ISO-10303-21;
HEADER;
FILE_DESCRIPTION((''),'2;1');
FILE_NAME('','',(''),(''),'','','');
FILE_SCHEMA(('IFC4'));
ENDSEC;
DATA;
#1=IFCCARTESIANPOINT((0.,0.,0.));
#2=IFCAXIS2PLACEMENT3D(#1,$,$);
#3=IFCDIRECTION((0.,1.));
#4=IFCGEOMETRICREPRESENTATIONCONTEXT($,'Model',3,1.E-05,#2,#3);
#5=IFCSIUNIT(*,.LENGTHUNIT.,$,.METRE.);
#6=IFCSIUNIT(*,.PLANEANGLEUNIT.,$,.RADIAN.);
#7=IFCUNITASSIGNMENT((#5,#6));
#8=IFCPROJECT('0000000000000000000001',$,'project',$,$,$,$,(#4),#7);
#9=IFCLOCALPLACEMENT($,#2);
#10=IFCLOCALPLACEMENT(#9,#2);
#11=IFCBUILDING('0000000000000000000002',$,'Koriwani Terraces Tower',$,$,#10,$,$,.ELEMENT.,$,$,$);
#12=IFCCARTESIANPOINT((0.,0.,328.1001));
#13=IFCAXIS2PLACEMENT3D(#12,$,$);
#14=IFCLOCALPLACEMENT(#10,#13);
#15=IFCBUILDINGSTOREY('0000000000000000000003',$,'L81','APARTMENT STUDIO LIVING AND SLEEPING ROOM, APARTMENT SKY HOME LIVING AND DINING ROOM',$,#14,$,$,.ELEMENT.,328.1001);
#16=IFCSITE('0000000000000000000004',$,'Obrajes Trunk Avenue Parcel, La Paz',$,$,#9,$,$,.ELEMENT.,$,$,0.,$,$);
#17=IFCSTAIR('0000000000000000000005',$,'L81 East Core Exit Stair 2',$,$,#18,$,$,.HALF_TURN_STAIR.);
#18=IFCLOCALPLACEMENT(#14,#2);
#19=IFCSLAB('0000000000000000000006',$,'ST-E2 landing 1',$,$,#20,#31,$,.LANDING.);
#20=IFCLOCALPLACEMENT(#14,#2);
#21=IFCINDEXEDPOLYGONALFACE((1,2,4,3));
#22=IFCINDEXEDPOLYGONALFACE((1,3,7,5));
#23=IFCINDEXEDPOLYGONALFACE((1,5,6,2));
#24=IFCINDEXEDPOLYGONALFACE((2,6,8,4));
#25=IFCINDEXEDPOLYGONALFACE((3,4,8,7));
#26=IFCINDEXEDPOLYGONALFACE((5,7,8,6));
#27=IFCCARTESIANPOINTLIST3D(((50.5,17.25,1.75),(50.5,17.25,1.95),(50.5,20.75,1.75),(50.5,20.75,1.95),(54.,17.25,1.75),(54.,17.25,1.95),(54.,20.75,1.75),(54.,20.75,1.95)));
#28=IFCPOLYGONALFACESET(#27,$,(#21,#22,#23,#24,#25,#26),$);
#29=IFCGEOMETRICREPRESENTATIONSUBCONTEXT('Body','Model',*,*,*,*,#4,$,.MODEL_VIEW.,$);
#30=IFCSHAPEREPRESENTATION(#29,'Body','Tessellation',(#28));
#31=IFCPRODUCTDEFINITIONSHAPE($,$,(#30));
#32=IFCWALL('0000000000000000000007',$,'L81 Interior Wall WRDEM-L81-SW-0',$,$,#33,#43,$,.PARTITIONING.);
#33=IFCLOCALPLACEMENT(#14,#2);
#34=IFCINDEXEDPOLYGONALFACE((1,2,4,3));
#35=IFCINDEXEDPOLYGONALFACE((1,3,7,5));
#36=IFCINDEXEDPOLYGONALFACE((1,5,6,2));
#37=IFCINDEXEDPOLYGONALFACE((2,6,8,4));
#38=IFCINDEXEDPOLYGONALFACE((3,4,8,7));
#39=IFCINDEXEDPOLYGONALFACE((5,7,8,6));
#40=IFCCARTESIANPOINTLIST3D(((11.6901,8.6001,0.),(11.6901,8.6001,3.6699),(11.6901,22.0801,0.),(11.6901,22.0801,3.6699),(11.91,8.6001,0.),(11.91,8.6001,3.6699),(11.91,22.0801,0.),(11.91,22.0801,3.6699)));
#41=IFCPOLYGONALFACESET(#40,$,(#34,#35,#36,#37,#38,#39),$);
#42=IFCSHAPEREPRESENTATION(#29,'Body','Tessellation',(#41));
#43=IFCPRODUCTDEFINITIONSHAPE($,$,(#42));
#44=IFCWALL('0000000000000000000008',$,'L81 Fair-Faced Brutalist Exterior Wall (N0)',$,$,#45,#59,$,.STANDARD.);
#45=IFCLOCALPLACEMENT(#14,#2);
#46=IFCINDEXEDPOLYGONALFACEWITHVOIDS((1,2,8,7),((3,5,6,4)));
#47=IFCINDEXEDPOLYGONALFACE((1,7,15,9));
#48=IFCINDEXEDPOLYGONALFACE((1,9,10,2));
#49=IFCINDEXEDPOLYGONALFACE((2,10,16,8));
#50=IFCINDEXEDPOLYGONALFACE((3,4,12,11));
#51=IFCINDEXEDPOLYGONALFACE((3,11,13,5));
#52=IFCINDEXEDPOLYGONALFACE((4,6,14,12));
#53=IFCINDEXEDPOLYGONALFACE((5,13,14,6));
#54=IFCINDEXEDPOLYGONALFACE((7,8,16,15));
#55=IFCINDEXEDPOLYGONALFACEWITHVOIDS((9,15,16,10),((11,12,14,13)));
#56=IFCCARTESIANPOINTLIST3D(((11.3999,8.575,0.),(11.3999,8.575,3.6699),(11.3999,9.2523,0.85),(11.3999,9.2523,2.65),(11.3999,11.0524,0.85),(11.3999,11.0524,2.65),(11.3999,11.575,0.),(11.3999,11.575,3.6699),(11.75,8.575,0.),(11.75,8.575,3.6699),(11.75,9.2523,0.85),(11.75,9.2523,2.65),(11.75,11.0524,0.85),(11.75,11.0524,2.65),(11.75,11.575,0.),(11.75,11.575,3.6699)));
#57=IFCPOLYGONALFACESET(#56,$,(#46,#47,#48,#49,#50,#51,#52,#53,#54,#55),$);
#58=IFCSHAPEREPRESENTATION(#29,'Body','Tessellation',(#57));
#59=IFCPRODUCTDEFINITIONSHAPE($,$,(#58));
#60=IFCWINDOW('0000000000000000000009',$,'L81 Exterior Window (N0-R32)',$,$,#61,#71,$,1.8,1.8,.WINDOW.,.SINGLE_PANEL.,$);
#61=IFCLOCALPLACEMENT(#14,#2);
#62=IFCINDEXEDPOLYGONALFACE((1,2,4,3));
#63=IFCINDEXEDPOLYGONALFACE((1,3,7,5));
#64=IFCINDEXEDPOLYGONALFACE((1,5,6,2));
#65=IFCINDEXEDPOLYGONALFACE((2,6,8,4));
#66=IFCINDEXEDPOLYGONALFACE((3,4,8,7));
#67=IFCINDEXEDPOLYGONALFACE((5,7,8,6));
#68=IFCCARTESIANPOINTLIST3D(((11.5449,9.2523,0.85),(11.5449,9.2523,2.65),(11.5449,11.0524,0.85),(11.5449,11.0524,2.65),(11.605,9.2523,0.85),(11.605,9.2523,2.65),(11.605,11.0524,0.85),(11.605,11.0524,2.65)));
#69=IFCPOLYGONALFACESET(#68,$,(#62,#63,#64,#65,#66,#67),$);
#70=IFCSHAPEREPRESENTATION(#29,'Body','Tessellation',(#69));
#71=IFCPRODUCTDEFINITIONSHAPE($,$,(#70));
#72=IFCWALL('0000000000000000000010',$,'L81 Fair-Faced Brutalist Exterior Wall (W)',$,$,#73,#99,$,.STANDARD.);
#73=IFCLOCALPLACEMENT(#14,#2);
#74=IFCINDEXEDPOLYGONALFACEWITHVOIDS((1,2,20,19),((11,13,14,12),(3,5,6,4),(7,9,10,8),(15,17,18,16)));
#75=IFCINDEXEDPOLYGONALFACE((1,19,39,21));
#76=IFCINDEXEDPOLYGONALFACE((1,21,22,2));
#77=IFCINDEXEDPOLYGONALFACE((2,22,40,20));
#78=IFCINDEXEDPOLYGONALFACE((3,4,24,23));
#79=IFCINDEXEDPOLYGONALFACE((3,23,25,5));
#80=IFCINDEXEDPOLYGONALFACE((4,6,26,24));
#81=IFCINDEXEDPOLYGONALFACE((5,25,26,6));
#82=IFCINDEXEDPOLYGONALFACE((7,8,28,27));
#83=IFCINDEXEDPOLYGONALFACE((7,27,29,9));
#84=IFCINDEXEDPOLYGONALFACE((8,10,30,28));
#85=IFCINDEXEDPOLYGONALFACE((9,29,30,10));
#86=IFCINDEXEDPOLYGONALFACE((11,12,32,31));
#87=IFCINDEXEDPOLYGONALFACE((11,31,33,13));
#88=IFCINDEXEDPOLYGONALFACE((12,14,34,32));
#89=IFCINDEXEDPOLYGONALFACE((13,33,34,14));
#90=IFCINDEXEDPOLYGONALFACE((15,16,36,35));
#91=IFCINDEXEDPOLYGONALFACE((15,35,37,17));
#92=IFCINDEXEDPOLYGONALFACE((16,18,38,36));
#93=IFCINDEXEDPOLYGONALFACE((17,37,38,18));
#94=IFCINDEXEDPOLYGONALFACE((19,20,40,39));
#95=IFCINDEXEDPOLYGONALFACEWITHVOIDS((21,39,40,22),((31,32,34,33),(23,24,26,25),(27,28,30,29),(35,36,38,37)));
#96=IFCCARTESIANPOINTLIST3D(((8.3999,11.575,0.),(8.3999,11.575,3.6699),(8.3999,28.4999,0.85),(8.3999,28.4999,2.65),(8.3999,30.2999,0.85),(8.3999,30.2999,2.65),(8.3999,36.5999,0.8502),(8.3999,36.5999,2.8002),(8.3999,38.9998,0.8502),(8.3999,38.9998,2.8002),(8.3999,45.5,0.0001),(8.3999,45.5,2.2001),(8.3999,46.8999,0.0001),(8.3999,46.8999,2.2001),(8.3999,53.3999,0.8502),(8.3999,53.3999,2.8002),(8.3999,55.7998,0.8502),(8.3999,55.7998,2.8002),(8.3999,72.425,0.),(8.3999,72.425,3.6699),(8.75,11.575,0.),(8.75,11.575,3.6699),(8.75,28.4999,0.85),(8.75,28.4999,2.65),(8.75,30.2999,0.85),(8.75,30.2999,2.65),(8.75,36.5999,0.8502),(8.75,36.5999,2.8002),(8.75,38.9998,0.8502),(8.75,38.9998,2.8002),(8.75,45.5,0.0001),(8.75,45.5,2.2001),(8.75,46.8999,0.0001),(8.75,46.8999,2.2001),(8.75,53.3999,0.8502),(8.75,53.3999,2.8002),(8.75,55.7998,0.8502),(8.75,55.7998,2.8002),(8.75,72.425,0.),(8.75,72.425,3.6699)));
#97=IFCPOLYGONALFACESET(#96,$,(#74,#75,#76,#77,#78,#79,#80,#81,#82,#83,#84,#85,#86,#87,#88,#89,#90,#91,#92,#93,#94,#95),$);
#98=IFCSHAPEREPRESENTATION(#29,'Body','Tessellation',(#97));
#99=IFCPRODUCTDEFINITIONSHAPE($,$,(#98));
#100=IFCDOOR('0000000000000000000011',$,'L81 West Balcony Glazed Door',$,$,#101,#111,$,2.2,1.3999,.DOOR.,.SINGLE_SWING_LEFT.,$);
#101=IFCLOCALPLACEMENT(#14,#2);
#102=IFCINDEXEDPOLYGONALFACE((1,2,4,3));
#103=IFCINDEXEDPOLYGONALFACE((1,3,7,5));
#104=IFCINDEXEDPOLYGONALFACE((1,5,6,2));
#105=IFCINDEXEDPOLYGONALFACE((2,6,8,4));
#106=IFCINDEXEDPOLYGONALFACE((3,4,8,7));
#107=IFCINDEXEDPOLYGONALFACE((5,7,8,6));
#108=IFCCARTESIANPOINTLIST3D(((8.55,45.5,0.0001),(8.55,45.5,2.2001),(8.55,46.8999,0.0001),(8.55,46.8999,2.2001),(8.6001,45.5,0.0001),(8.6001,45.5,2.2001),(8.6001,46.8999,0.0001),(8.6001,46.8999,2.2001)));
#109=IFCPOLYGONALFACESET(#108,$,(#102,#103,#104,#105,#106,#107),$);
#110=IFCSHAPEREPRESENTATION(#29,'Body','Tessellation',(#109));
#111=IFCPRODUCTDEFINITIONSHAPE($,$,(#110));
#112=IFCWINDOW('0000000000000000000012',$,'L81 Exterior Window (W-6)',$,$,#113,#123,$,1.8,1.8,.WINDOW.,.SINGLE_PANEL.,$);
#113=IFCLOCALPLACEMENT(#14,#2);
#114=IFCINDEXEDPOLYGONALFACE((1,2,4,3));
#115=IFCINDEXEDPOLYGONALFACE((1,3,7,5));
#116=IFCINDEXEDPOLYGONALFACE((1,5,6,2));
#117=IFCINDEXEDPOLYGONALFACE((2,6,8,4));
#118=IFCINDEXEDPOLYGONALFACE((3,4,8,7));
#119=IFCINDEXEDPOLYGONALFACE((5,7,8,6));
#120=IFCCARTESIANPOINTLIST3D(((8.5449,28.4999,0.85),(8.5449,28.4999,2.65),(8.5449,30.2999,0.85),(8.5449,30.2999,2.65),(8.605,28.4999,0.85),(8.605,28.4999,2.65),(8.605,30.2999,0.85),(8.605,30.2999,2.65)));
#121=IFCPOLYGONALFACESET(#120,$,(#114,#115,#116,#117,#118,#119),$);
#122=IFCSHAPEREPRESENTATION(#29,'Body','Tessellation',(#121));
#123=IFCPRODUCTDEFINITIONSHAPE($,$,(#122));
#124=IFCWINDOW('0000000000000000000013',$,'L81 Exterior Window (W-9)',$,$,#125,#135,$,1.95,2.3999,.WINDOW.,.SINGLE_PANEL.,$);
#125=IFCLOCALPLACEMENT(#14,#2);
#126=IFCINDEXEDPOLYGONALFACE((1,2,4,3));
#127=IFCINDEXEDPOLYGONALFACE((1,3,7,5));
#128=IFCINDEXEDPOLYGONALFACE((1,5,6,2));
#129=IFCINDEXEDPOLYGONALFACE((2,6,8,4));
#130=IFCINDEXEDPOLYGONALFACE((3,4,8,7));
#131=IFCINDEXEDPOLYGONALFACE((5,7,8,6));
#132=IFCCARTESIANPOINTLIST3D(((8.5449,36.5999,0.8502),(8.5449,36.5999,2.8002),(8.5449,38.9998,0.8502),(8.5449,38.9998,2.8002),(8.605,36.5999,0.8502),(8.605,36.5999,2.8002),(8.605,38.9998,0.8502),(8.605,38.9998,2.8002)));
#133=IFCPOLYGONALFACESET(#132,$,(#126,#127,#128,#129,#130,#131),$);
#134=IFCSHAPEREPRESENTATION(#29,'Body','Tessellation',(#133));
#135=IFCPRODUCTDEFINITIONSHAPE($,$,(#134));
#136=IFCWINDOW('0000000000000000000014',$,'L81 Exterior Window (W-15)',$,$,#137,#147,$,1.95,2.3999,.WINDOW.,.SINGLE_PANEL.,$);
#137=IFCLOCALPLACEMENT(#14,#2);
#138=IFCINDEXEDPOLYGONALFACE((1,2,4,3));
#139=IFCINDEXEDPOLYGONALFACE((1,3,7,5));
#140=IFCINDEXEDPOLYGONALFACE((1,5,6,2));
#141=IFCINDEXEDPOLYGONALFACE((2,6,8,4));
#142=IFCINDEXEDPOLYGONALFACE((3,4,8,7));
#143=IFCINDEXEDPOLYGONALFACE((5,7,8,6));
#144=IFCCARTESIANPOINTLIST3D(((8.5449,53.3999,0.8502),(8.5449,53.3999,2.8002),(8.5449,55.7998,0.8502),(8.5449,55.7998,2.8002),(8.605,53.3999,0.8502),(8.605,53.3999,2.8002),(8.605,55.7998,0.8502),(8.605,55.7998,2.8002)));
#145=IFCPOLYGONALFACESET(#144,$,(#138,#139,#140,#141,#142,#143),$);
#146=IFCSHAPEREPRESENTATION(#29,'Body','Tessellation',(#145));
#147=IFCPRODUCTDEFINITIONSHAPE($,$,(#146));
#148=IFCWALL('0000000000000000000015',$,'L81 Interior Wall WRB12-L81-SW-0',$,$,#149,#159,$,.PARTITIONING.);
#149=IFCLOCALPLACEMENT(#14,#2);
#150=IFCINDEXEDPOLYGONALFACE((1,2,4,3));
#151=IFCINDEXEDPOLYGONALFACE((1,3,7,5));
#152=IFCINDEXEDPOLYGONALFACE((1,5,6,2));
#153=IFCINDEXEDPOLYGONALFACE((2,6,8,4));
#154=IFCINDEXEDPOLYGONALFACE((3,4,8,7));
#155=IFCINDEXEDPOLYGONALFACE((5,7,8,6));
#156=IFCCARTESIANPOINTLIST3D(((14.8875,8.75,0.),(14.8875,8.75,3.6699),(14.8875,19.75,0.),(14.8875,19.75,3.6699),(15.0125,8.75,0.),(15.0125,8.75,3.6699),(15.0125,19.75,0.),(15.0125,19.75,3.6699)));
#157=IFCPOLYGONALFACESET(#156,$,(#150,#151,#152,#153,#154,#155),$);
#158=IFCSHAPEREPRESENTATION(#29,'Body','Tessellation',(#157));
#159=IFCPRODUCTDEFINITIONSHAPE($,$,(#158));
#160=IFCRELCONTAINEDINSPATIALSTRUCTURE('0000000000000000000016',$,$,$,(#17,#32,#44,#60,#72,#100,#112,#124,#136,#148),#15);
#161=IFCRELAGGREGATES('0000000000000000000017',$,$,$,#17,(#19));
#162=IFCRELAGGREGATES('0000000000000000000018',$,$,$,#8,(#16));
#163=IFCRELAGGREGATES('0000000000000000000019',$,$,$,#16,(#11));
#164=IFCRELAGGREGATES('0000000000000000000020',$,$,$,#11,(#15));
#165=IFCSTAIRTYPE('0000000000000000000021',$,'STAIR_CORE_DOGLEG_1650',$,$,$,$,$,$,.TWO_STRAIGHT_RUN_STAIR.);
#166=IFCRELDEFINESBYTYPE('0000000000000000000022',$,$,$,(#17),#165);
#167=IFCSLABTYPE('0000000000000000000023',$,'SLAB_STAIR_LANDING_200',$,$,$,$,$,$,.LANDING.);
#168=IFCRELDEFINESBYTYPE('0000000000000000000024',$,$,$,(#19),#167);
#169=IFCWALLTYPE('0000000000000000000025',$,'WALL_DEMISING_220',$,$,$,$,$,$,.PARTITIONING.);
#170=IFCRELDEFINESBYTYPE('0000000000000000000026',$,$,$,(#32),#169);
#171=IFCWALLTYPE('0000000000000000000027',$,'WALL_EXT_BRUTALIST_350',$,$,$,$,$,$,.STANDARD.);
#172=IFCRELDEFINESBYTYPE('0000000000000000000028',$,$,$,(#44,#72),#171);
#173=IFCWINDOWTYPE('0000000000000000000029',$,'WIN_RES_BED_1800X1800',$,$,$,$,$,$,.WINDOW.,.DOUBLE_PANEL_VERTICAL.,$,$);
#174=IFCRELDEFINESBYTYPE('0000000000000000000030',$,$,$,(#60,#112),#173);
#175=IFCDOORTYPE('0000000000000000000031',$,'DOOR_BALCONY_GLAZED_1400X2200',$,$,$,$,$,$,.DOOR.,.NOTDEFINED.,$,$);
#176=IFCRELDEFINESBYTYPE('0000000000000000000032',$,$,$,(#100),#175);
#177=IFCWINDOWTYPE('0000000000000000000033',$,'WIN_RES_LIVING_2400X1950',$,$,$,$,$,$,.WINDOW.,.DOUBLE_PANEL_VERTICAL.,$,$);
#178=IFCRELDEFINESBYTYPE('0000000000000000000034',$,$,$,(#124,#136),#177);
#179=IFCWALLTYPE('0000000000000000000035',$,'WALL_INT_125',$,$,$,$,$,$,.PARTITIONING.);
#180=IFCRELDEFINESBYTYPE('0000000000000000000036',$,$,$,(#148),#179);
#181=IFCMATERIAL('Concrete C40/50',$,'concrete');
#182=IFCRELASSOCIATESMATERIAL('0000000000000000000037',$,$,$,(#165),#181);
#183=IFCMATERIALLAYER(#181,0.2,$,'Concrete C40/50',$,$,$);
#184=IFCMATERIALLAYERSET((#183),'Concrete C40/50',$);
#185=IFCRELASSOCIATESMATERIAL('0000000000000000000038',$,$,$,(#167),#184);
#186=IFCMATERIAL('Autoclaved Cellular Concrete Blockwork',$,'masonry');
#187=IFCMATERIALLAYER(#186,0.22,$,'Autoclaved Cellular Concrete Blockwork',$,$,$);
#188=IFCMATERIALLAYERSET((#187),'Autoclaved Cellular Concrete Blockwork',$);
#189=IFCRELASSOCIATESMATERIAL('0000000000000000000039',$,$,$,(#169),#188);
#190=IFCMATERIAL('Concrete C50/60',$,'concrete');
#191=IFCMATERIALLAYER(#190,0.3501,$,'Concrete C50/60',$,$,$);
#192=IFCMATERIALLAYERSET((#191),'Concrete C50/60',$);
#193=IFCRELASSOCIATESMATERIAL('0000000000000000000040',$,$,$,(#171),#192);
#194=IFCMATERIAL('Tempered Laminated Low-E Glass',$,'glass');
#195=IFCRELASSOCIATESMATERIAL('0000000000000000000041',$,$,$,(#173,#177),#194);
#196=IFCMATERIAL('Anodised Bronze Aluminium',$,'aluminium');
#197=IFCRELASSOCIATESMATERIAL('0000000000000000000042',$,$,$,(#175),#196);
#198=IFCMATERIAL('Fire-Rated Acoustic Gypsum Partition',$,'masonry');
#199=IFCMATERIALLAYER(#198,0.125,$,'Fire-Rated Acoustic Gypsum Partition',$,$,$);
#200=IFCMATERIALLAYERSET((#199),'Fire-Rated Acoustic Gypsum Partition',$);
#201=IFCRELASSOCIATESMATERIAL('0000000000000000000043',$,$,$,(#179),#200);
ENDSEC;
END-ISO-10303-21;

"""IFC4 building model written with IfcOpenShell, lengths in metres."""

from ifc_helpers import new_model, si_unit, direction, frame, frame_2d, origin, place, context, subcontext, project, spatial, polyline, rectangle, outline, extrude, material, layer, layer_set, type_object, element, fill, aggregate, save


model = new_model("IFC4")

# Units and contexts
model_context = context("Model", 3, precision=1e-05, world=origin(), true_north=direction((0.0, 1.0)))
body_context = subcontext(model_context, "Body", "Model", "MODEL_VIEW")
ifc_project = project(units=[si_unit("LENGTHUNIT", "METRE"), si_unit("PLANEANGLEUNIT", "RADIAN")], contexts=[model_context])

# Site, building, storey
site_placement = place(None, origin())
site = spatial("IfcSite", under=ifc_project, at=site_placement, Name="Obrajes Trunk Avenue Parcel, La Paz", CompositionType="ELEMENT", RefElevation=0.0)
building_placement = place(site_placement, origin())
building = spatial("IfcBuilding", under=site, at=building_placement, Name="Koriwani Terraces Tower", CompositionType="ELEMENT")
storey_placement = place(building_placement, frame((0.0, 0.0, 328.1001)))
storey = spatial("IfcBuildingStorey", under=building, at=storey_placement, Name="L81", Description="APARTMENT STUDIO LIVING AND SLEEPING ROOM, APARTMENT SKY HOME LIVING AND DINING ROOM", CompositionType="ELEMENT", Elevation=328.1001)

# Shared definitions
ifc_material_1 = material(Name="Concrete C50/60", Category="concrete")

# Shared definitions
ifc_material_2 = material(Name="Concrete C40/50", Category="concrete")

# Stair, slab
stair_type = type_object("IfcStairType", Name="STAIR_CORE_DOGLEG_1650", PredefinedType="TWO_STRAIGHT_RUN_STAIR", material=ifc_material_2)
ifc_layer_1 = layer(ifc_material_2, 0.2, Name="Concrete C40/50")
ifc_layer_set_1 = layer_set([ifc_layer_1], Name="Concrete C40/50")
slab_type_1 = type_object("IfcSlabType", Name="SLAB_STAIR_LANDING_200", PredefinedType="LANDING", material=ifc_layer_set_1)
stair_1_placement = place(storey_placement, origin())
stair_1 = element("IfcStair", 1, at=stair_1_placement, inside=storey, type_object=stair_type, Name="L81 East Core Exit Stair 2", PredefinedType="HALF_TURN_STAIR")
slab_1_placement = place(storey_placement, frame((0.0, 0.0, 1.75)))
slab_1 = element("IfcSlab", 2, at=slab_1_placement, type_object=slab_type_1, Name="ST-E2 landing 1", PredefinedType="LANDING", context=body_context, shape_type="SweptSolid", body=[
    extrude(outline(polyline([(54.0, 20.75), (50.5, 20.75), (50.5, 17.25), (54.0, 17.25), (54.0, 20.75)])), origin(), (0.0, 0.0, 1.0), 0.2),
])
aggregate(stair_1, [slab_1])

# Wall
ifc_material_3 = material(Name="Autoclaved Cellular Concrete Blockwork", Category="masonry")
ifc_layer_2 = layer(ifc_material_3, 0.22, Name="Autoclaved Cellular Concrete Blockwork")
ifc_layer_set_2 = layer_set([ifc_layer_2], Name="Autoclaved Cellular Concrete Blockwork")
wall_type_1 = type_object("IfcWallType", Name="WALL_DEMISING_220", PredefinedType="PARTITIONING", material=ifc_layer_set_2)
wall_1_placement = place(storey_placement, frame((11.8, 8.6001, 0.0), z_axis=(0.0, 0.0, 1.0), x_axis=(0.0, 1.0, 0.0)))
element("IfcWall", 3, at=wall_1_placement, inside=storey, type_object=wall_type_1, Name="L81 Interior Wall WRDEM-L81-SW-0", PredefinedType="PARTITIONING", context=body_context, shape_type="SweptSolid", body=[
    extrude(rectangle(XDim=13.48, YDim=0.22, at=frame_2d((6.74, 0.0))), origin(), (0.0, 0.0, 1.0), 3.6699),
])

# Wall, opening, window
ifc_layer_3 = layer(ifc_material_1, 0.3501, Name="Concrete C50/60")
ifc_layer_set_3 = layer_set([ifc_layer_3], Name="Concrete C50/60")
wall_type_2 = type_object("IfcWallType", Name="WALL_EXT_BRUTALIST_350", PredefinedType="STANDARD", material=ifc_layer_set_3)
wall_2_placement = place(storey_placement, frame((11.575, 8.575, 0.0), z_axis=(0.0, 0.0, 1.0), x_axis=(0.0, 1.0, 0.0)))
wall_2 = element("IfcWall", 4, at=wall_2_placement, inside=storey, type_object=wall_type_2, Name="L81 Fair-Faced Brutalist Exterior Wall (N0)", PredefinedType="STANDARD", context=body_context, shape_type="SweptSolid", body=[
    extrude(rectangle(XDim=3.0, YDim=0.3501, at=frame_2d((1.5, 0.0))), origin(), (0.0, 0.0, 1.0), 3.6699),
])
opening_1_placement = place(wall_2_placement, frame((0.6775, 0.0, 0.8501)))
opening_1 = element("IfcOpeningElement", 5, at=opening_1_placement, cuts=wall_2, PredefinedType="OPENING", context=body_context, shape_type="SweptSolid", body=[
    extrude(rectangle(XDim=1.8, YDim=1.8, at=frame_2d((0.8999, 0.8999))), frame((0.0, 0.1851, 0.0), z_axis=(0.0, -1.0, 0.0), x_axis=(1.0, 0.0, 0.0)), (0.0, 0.0, 1.0), 0.3701),
])
ifc_material_4 = material(Name="Tempered Laminated Low-E Glass", Category="glass")
window_type_1 = type_object("IfcWindowType", Name="WIN_RES_BED_1800X1800", PartitioningType="DOUBLE_PANEL_VERTICAL", PredefinedType="WINDOW", material=ifc_material_4)
window_1_placement = place(opening_1_placement, origin())
window_1 = element("IfcWindow", 6, at=window_1_placement, inside=storey, type_object=window_type_1, Name="L81 Exterior Window (N0-R32)", OverallHeight=1.8, OverallWidth=1.8, PartitioningType="SINGLE_PANEL", PredefinedType="WINDOW", context=body_context, shape_type="SweptSolid", body=[
    extrude(rectangle(XDim=1.8, YDim=1.8, at=frame_2d((0.8999, 0.8999))), frame((0.0, 0.03, 0.0), z_axis=(0.0, -1.0, 0.0), x_axis=(1.0, 0.0, 0.0)), (0.0, 0.0, 1.0), 0.0601),
])
fill(opening_1, window_1)

# Wall, openings, door, windows
wall_3_placement = place(storey_placement, frame((8.575, 11.575, 0.0), z_axis=(0.0, 0.0, 1.0), x_axis=(0.0, 1.0, 0.0)))
wall_3 = element("IfcWall", 7, at=wall_3_placement, inside=storey, type_object=wall_type_2, Name="L81 Fair-Faced Brutalist Exterior Wall (W)", PredefinedType="STANDARD", context=body_context, shape_type="SweptSolid", body=[
    extrude(rectangle(XDim=60.8501, YDim=0.3501, at=frame_2d((30.425, 0.0))), origin(), (0.0, 0.0, 1.0), 3.6699),
])
opening_2_placement = place(wall_3_placement, frame((33.925, 0.0, 0.0)))
opening_2 = element("IfcOpeningElement", 8, at=opening_2_placement, cuts=wall_3, PredefinedType="OPENING", context=body_context, shape_type="SweptSolid", body=[
    extrude(rectangle(XDim=1.3999, YDim=2.2, at=frame_2d((0.7, 1.1001))), frame((0.0, 0.1851, 0.0), z_axis=(0.0, -1.0, 0.0), x_axis=(1.0, 0.0, 0.0)), (0.0, 0.0, 1.0), 0.3701),
])
opening_3_placement = place(wall_3_placement, frame((16.925, 0.0, 0.8501)))
opening_3 = element("IfcOpeningElement", 9, at=opening_3_placement, cuts=wall_3, PredefinedType="OPENING", context=body_context, shape_type="SweptSolid", body=[
    extrude(rectangle(XDim=1.8, YDim=1.8, at=frame_2d((0.8999, 0.8999))), frame((0.0, 0.1851, 0.0), z_axis=(0.0, -1.0, 0.0), x_axis=(1.0, 0.0, 0.0)), (0.0, 0.0, 1.0), 0.3701),
])
opening_4_placement = place(wall_3_placement, frame((25.0249, 0.0, 0.8501)))
opening_4 = element("IfcOpeningElement", 10, at=opening_4_placement, cuts=wall_3, PredefinedType="OPENING", context=body_context, shape_type="SweptSolid", body=[
    extrude(rectangle(XDim=2.3999, YDim=1.95, at=frame_2d((1.2, 0.9751))), frame((0.0, 0.1851, 0.0), z_axis=(0.0, -1.0, 0.0), x_axis=(1.0, 0.0, 0.0)), (0.0, 0.0, 1.0), 0.3701),
])
opening_5_placement = place(wall_3_placement, frame((41.825, 0.0, 0.8501)))
opening_5 = element("IfcOpeningElement", 11, at=opening_5_placement, cuts=wall_3, PredefinedType="OPENING", context=body_context, shape_type="SweptSolid", body=[
    extrude(rectangle(XDim=2.3999, YDim=1.95, at=frame_2d((1.2, 0.9751))), frame((0.0, 0.1851, 0.0), z_axis=(0.0, -1.0, 0.0), x_axis=(1.0, 0.0, 0.0)), (0.0, 0.0, 1.0), 0.3701),
])
ifc_material_5 = material(Name="Anodised Bronze Aluminium", Category="aluminium")
door_type = type_object("IfcDoorType", Name="DOOR_BALCONY_GLAZED_1400X2200", OperationType="NOTDEFINED", PredefinedType="DOOR", material=ifc_material_5)
door_placement = place(opening_2_placement, origin())
door = element("IfcDoor", 12, at=door_placement, inside=storey, type_object=door_type, Name="L81 West Balcony Glazed Door", OperationType="SINGLE_SWING_LEFT", OverallHeight=2.2, OverallWidth=1.3999, PredefinedType="DOOR", context=body_context, shape_type="SweptSolid", body=[
    extrude(rectangle(XDim=1.3999, YDim=2.2, at=frame_2d((0.7, 1.1001))), frame((0.0, 0.0249, 0.0), z_axis=(0.0, -1.0, 0.0), x_axis=(1.0, 0.0, 0.0)), (0.0, 0.0, 1.0), 0.05),
])
fill(opening_2, door)
window_2_placement = place(opening_3_placement, origin())
window_2 = element("IfcWindow", 13, at=window_2_placement, inside=storey, type_object=window_type_1, Name="L81 Exterior Window (W-6)", OverallHeight=1.8, OverallWidth=1.8, PartitioningType="SINGLE_PANEL", PredefinedType="WINDOW", context=body_context, shape_type="SweptSolid", body=[
    extrude(rectangle(XDim=1.8, YDim=1.8, at=frame_2d((0.8999, 0.8999))), frame((0.0, 0.03, 0.0), z_axis=(0.0, -1.0, 0.0), x_axis=(1.0, 0.0, 0.0)), (0.0, 0.0, 1.0), 0.0601),
])
fill(opening_3, window_2)
window_type_2 = type_object("IfcWindowType", Name="WIN_RES_LIVING_2400X1950", PartitioningType="DOUBLE_PANEL_VERTICAL", PredefinedType="WINDOW", material=ifc_material_4)
window_3_placement = place(opening_4_placement, origin())
window_3 = element("IfcWindow", 14, at=window_3_placement, inside=storey, type_object=window_type_2, Name="L81 Exterior Window (W-9)", OverallHeight=1.95, OverallWidth=2.3999, PartitioningType="SINGLE_PANEL", PredefinedType="WINDOW", context=body_context, shape_type="SweptSolid", body=[
    extrude(rectangle(XDim=2.3999, YDim=1.95, at=frame_2d((1.2, 0.9751))), frame((0.0, 0.03, 0.0), z_axis=(0.0, -1.0, 0.0), x_axis=(1.0, 0.0, 0.0)), (0.0, 0.0, 1.0), 0.0601),
])
fill(opening_4, window_3)
window_4_placement = place(opening_5_placement, origin())
window_4 = element("IfcWindow", 15, at=window_4_placement, inside=storey, type_object=window_type_2, Name="L81 Exterior Window (W-15)", OverallHeight=1.95, OverallWidth=2.3999, PartitioningType="SINGLE_PANEL", PredefinedType="WINDOW", context=body_context, shape_type="SweptSolid", body=[
    extrude(rectangle(XDim=2.3999, YDim=1.95, at=frame_2d((1.2, 0.9751))), frame((0.0, 0.03, 0.0), z_axis=(0.0, -1.0, 0.0), x_axis=(1.0, 0.0, 0.0)), (0.0, 0.0, 1.0), 0.0601),
])
fill(opening_5, window_4)

# Wall
ifc_material_6 = material(Name="Fire-Rated Acoustic Gypsum Partition", Category="masonry")
ifc_layer_4 = layer(ifc_material_6, 0.125, Name="Fire-Rated Acoustic Gypsum Partition")
ifc_layer_set_4 = layer_set([ifc_layer_4], Name="Fire-Rated Acoustic Gypsum Partition")
wall_type_3 = type_object("IfcWallType", Name="WALL_INT_125", PredefinedType="PARTITIONING", material=ifc_layer_set_4)
for number, where, z_axis, x_axis, name in (
    (16, (14.95, 8.75, 0.0), (0.0, 0.0, 1.0), (0.0, 1.0, 0.0), "L81 Interior Wall WRB12-L81-SW-0"),
):
    element("IfcWall", number, at=place(storey_placement, frame(where, z_axis=z_axis, x_axis=x_axis)), inside=storey, type_object=wall_type_3, Name=name, PredefinedType="PARTITIONING", context=body_context, shape_type="SweptSolid", body=[
        extrude(rectangle(XDim=11.0, YDim=0.125, at=frame_2d((5.5, 0.0))), origin(), (0.0, 0.0, 1.0), 3.6699),
    ])

save(model, "model.ifc")
